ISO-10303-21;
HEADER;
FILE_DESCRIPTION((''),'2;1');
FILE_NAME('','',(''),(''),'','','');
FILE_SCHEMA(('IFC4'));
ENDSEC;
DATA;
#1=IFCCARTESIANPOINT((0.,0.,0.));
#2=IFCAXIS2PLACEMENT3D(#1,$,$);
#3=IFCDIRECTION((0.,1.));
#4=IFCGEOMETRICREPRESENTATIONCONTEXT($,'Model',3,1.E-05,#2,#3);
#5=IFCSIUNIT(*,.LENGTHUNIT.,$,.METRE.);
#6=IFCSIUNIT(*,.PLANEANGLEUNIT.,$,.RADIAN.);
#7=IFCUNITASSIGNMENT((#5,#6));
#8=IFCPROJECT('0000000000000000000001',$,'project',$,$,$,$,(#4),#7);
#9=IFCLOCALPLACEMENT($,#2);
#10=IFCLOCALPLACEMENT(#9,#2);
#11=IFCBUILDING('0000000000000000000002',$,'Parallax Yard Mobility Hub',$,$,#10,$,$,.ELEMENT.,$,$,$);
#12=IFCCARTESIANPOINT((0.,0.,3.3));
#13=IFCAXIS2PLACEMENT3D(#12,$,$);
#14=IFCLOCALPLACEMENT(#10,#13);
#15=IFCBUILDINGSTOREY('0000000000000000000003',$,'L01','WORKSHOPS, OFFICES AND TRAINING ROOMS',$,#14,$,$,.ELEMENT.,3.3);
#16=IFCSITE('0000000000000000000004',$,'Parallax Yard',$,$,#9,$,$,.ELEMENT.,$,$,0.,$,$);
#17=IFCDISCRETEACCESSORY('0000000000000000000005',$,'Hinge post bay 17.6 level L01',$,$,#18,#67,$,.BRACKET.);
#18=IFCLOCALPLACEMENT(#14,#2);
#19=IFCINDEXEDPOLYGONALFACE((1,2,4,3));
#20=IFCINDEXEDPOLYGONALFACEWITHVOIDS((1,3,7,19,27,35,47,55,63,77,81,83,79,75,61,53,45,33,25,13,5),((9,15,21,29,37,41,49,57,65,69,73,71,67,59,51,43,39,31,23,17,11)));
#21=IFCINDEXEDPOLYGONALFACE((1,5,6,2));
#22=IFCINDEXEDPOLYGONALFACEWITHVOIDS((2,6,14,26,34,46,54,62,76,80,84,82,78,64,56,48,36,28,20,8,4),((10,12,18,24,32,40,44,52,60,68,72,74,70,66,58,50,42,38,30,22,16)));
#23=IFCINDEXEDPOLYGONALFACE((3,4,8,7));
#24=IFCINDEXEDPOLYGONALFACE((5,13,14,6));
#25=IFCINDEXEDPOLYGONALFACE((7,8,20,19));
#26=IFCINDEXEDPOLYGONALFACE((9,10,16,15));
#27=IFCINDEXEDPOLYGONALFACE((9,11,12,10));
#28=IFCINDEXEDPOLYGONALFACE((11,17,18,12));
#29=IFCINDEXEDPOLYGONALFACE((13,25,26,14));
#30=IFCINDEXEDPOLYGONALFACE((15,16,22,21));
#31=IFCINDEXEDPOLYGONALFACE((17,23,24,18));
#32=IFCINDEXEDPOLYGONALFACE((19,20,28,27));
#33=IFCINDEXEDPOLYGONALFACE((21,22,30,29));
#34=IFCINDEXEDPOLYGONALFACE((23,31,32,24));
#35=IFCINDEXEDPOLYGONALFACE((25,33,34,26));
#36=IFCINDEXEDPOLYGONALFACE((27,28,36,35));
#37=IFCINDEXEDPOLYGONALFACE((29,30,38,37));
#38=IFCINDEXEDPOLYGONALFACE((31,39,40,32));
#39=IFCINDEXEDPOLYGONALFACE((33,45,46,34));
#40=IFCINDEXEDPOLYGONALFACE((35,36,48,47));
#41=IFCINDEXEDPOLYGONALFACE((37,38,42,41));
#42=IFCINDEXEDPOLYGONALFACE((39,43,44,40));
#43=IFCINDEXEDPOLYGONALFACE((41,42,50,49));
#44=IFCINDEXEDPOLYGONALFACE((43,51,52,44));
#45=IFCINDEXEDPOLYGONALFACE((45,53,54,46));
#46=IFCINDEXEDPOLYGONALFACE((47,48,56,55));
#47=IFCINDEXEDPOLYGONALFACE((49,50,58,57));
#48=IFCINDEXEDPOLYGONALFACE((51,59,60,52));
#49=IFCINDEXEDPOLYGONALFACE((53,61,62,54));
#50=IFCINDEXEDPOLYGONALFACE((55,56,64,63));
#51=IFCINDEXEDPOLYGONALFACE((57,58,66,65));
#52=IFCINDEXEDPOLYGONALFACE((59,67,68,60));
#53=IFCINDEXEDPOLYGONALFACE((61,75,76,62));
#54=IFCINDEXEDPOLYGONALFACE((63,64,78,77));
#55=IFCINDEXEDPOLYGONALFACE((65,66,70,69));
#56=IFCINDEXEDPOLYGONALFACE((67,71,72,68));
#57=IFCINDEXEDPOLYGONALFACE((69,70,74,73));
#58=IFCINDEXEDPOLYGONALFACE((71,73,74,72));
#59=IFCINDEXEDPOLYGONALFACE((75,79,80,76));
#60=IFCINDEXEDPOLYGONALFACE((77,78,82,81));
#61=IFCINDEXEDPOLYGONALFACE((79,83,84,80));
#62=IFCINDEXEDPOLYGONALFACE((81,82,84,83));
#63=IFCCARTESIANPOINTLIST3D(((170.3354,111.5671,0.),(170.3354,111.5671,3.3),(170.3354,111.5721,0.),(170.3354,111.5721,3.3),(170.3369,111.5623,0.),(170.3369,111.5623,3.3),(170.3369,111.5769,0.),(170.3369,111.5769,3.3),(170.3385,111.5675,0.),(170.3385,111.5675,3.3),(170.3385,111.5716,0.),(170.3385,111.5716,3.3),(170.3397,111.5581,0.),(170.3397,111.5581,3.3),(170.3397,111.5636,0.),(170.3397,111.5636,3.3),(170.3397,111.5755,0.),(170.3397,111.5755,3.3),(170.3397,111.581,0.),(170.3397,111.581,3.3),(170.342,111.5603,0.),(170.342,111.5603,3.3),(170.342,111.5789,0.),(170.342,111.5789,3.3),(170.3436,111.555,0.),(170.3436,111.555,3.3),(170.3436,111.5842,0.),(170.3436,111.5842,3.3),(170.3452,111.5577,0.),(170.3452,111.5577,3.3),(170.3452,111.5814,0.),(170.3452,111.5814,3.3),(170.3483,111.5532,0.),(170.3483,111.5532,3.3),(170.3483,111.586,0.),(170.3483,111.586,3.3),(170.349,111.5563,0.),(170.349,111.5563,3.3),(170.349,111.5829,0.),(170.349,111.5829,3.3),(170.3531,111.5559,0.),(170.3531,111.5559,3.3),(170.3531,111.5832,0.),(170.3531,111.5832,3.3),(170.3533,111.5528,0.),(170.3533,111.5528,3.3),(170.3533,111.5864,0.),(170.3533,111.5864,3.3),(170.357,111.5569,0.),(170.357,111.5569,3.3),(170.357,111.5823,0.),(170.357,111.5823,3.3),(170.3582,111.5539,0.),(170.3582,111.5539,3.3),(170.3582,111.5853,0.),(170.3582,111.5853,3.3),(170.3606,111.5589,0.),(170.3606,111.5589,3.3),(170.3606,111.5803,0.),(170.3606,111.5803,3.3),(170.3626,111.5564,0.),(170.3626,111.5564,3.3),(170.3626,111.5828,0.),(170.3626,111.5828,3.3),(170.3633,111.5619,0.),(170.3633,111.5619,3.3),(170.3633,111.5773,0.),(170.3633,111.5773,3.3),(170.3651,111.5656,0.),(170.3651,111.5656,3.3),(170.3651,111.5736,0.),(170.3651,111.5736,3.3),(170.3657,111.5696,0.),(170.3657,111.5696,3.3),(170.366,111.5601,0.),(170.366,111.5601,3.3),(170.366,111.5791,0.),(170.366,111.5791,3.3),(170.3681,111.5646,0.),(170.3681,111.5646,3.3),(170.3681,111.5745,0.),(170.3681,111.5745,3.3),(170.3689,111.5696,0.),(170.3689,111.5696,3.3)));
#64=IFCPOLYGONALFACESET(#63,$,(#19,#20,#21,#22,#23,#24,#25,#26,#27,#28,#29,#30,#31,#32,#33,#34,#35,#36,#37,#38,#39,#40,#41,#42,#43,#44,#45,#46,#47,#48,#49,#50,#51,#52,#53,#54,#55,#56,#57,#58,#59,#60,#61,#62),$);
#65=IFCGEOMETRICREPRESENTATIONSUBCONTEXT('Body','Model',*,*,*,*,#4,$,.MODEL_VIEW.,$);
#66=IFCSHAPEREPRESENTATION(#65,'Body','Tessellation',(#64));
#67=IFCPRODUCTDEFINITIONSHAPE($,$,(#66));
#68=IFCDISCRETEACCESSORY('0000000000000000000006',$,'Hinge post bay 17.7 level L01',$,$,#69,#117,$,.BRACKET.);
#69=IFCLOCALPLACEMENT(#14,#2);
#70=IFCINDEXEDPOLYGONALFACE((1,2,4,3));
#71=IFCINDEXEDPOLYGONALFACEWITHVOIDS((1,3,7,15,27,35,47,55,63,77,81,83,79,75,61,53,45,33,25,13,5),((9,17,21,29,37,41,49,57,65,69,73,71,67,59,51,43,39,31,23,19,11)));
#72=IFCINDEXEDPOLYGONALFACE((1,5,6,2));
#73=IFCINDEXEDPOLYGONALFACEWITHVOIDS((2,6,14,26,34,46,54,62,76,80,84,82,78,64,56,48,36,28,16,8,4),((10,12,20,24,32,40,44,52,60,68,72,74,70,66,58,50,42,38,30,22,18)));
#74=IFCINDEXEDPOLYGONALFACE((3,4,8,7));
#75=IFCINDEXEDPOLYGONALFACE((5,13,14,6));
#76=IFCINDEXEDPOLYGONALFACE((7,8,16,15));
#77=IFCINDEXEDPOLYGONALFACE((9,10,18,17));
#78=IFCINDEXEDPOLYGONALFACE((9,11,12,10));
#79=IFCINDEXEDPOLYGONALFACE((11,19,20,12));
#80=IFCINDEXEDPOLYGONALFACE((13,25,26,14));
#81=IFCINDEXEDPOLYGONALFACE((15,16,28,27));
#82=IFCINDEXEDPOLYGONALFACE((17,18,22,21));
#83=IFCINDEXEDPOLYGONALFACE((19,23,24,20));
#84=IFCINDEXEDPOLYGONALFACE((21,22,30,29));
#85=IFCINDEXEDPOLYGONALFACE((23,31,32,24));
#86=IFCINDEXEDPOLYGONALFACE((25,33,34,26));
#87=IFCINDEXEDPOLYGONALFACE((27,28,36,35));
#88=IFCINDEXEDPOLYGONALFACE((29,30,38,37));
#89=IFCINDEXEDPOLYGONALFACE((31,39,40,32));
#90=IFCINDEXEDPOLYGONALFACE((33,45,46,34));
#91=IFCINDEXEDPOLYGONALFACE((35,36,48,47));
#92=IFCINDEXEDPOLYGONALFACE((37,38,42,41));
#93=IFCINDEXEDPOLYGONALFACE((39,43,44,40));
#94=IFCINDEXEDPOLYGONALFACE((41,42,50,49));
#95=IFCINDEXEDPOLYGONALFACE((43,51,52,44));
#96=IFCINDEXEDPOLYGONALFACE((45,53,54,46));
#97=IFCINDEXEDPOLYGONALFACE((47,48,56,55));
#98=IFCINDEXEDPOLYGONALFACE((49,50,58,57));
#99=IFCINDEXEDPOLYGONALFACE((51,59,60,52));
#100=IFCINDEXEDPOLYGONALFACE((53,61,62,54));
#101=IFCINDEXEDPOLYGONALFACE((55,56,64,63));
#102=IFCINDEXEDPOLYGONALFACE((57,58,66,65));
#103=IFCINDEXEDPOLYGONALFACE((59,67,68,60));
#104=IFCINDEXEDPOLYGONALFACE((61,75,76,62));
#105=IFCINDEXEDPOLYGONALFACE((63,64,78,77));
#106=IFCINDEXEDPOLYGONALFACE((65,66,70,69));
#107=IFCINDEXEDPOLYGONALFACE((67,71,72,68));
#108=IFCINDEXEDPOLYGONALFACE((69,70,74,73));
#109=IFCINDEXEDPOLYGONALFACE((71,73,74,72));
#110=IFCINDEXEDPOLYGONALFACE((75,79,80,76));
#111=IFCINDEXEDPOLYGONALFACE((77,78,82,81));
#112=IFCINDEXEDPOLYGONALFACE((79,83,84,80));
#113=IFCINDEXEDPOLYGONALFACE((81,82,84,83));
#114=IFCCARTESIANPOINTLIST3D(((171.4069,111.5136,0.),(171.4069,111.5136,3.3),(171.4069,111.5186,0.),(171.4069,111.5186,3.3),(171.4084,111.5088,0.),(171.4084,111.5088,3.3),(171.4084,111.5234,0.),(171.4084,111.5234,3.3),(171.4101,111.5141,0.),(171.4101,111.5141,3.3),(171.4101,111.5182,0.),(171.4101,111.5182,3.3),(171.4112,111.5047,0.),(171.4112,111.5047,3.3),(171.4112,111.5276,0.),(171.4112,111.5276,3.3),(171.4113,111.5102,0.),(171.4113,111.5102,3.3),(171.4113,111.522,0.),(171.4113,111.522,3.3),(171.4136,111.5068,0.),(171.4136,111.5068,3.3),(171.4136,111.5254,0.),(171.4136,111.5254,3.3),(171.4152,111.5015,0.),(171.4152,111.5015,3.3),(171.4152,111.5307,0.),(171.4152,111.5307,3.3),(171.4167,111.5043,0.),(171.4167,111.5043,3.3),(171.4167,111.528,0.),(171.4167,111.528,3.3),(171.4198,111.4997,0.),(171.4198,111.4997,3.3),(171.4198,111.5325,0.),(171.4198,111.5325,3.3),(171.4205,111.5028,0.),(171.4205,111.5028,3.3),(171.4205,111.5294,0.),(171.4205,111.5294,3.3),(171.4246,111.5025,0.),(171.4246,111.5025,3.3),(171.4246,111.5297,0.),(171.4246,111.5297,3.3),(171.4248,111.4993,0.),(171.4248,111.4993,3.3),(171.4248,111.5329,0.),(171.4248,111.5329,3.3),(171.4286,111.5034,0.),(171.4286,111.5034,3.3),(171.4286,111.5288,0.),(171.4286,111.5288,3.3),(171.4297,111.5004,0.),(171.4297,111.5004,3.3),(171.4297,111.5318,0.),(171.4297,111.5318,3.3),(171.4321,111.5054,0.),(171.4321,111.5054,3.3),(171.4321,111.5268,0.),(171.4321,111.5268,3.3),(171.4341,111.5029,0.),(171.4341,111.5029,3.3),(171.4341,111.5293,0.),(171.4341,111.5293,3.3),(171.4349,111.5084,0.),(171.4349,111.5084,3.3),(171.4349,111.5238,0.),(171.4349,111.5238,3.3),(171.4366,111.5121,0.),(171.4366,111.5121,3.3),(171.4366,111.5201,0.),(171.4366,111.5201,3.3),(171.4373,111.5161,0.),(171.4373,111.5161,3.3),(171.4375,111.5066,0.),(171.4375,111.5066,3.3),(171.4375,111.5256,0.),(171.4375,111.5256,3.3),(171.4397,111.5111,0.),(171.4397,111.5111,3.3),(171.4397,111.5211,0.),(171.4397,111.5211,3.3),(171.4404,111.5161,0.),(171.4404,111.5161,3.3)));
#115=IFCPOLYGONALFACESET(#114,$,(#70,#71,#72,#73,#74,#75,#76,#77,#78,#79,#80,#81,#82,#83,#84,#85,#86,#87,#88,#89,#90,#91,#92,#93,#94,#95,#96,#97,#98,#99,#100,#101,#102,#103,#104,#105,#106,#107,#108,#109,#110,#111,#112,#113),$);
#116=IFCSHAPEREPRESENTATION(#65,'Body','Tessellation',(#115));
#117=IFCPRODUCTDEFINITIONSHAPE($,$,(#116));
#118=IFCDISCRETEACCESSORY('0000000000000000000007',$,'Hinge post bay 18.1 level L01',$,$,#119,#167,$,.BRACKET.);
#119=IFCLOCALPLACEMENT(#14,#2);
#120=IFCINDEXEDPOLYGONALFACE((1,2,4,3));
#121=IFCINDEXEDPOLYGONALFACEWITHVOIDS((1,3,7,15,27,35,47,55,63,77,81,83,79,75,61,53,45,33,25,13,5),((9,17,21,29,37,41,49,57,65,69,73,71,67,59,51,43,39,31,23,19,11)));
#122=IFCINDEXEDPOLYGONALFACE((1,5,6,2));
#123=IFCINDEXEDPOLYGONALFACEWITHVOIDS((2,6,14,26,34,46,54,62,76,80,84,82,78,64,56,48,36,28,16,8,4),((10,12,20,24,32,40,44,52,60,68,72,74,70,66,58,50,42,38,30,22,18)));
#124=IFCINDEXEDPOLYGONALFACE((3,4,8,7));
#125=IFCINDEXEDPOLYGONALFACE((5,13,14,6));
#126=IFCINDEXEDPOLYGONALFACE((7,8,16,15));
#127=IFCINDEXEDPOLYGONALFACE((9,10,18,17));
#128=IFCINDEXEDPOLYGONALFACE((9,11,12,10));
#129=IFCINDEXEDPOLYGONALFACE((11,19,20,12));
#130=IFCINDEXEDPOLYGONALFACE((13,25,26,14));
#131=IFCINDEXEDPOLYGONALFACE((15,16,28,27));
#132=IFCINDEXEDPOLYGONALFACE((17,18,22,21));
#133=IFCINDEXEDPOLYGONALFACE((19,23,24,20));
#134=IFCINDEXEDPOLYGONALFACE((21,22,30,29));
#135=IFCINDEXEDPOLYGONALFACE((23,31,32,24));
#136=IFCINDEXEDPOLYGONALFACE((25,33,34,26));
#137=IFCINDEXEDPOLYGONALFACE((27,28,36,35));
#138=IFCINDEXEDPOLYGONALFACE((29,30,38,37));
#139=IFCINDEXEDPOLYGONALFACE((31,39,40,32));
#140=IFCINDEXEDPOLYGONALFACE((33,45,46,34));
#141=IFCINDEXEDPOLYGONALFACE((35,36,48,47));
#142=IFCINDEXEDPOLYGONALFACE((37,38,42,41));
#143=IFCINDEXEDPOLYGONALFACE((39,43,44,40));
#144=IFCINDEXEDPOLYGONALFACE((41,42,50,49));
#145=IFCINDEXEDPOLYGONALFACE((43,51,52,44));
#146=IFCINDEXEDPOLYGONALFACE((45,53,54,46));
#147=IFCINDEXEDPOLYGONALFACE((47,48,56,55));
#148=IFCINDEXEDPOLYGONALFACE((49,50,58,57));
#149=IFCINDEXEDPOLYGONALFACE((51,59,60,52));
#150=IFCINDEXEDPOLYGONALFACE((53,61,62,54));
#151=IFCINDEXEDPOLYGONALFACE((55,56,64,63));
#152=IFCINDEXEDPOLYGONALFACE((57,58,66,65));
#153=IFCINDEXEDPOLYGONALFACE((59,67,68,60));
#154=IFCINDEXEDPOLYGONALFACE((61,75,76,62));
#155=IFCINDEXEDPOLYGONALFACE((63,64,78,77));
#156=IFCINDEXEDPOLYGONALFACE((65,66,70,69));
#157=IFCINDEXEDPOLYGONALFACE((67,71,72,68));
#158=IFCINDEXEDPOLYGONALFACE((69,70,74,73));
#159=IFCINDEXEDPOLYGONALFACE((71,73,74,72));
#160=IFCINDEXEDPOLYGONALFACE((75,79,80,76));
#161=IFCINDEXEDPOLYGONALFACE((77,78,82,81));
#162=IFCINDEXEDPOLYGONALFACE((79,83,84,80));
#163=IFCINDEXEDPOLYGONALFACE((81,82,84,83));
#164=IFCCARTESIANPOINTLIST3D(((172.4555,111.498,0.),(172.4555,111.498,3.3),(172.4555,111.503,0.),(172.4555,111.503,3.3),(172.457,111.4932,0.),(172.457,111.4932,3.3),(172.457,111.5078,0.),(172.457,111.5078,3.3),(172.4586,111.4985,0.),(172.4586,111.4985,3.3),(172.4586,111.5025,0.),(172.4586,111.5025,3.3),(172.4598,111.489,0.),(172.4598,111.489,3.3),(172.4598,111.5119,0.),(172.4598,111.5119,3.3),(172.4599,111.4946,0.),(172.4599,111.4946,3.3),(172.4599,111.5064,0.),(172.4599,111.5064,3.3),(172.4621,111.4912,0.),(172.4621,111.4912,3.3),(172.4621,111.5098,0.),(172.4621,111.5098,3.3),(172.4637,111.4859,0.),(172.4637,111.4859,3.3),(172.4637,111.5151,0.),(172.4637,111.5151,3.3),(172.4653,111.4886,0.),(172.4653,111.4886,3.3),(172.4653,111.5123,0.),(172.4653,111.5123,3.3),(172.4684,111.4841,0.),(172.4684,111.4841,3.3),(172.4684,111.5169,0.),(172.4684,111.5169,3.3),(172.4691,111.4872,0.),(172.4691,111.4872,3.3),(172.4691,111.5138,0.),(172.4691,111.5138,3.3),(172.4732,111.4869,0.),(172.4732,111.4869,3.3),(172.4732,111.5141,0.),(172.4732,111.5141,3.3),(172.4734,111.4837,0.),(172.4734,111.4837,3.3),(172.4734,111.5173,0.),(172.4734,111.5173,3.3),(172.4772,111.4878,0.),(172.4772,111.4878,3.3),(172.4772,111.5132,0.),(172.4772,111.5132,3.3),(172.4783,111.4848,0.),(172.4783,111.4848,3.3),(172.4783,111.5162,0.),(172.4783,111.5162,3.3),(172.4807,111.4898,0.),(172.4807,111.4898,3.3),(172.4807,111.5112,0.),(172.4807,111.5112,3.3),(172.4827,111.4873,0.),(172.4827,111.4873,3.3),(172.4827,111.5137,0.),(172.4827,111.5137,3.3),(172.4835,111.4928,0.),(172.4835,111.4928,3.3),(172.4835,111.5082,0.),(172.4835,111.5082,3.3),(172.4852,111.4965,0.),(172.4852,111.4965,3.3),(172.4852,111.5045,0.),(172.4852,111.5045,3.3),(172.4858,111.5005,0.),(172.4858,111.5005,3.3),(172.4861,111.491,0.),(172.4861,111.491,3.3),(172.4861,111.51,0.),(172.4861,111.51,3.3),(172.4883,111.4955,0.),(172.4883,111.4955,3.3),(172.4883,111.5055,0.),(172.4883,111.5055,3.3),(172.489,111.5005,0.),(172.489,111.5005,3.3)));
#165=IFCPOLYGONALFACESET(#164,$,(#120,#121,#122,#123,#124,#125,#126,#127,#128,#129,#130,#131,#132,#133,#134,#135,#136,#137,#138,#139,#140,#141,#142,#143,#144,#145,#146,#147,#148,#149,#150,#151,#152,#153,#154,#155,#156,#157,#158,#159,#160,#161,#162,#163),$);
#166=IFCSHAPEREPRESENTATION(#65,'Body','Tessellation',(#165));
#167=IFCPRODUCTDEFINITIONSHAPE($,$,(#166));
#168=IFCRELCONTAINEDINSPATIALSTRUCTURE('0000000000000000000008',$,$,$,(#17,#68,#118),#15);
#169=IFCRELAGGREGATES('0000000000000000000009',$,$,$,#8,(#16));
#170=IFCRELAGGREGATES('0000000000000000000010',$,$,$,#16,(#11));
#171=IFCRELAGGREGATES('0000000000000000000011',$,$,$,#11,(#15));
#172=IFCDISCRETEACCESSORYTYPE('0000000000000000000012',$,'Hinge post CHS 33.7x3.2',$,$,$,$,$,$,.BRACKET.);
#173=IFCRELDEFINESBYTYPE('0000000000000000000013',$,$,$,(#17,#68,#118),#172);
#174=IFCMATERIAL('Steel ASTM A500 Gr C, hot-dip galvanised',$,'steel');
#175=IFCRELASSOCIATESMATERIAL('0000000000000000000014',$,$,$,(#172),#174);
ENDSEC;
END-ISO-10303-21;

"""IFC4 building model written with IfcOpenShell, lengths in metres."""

from ifc_helpers import new_model, si_unit, direction, frame, origin, origin_2d, place, context, subcontext, project, spatial, hollow_circle, extrude, material, material_profile, profile_set, type_object, element, save


model = new_model("IFC4")

# Units and contexts
model_context = context("Model", 3, precision=1e-05, world=origin(), true_north=direction((0.0, 1.0)))
body_context = subcontext(model_context, "Body", "Model", "MODEL_VIEW")
ifc_project = project(units=[si_unit("LENGTHUNIT", "METRE"), si_unit("PLANEANGLEUNIT", "RADIAN")], contexts=[model_context])

# Site, building, storey
site_placement = place(None, origin())
site = spatial("IfcSite", under=ifc_project, at=site_placement, Name="Parallax Yard", CompositionType="ELEMENT", RefElevation=0.0)
building_placement = place(site_placement, origin())
building = spatial("IfcBuilding", under=site, at=building_placement, Name="Parallax Yard Mobility Hub", CompositionType="ELEMENT")
storey_placement = place(building_placement, frame((0.0, 0.0, 3.3)))
storey = spatial("IfcBuildingStorey", under=building, at=storey_placement, Name="L01", Description="WORKSHOPS, OFFICES AND TRAINING ROOMS", CompositionType="ELEMENT", Elevation=3.3)

# Discrete accessories
ifc_material_1 = material(Name="Steel ASTM A500 Gr C, hot-dip galvanised", Category="steel")
ifc_material_profile_1 = material_profile(ifc_material_1, hollow_circle(Radius=0.0168, WallThickness=0.0032, at=origin_2d()), Name="CHS 33.7x3.2")
ifc_profile_set_1 = profile_set([ifc_material_profile_1], Name="Steel ASTM A500 Gr C, hot-dip galvanised")
discrete_accessory_type_1 = type_object("IfcDiscreteAccessoryType", Name="Hinge post CHS 33.7x3.2", PredefinedType="BRACKET", material=ifc_profile_set_1)
for number, where, z_axis, x_axis, name in (
    (1, (170.3521, 111.5696, 0.0), (0.0, 0.0, 1.0), (1.0, 0.0, 0.0), "Hinge post bay 17.6 level L01"),
    (2, (171.4236, 111.5161, 0.0), (0.0, 0.0, 1.0), (1.0, 0.0, 0.0), "Hinge post bay 17.7 level L01"),
    (3, (172.4722, 111.5005, 0.0), (0.0, 0.0, 1.0), (1.0, 0.0, 0.0), "Hinge post bay 18.1 level L01"),
):
    element("IfcDiscreteAccessory", number, at=place(storey_placement, frame(where, z_axis=z_axis, x_axis=x_axis)), inside=storey, type_object=discrete_accessory_type_1, Name=name, PredefinedType="BRACKET", context=body_context, shape_type="SweptSolid", body=[
        extrude(hollow_circle(Radius=0.0168, WallThickness=0.0032, at=origin_2d()), origin(), (0.0, 0.0, 1.0), 3.3),
    ])

save(model, "model.ifc")
